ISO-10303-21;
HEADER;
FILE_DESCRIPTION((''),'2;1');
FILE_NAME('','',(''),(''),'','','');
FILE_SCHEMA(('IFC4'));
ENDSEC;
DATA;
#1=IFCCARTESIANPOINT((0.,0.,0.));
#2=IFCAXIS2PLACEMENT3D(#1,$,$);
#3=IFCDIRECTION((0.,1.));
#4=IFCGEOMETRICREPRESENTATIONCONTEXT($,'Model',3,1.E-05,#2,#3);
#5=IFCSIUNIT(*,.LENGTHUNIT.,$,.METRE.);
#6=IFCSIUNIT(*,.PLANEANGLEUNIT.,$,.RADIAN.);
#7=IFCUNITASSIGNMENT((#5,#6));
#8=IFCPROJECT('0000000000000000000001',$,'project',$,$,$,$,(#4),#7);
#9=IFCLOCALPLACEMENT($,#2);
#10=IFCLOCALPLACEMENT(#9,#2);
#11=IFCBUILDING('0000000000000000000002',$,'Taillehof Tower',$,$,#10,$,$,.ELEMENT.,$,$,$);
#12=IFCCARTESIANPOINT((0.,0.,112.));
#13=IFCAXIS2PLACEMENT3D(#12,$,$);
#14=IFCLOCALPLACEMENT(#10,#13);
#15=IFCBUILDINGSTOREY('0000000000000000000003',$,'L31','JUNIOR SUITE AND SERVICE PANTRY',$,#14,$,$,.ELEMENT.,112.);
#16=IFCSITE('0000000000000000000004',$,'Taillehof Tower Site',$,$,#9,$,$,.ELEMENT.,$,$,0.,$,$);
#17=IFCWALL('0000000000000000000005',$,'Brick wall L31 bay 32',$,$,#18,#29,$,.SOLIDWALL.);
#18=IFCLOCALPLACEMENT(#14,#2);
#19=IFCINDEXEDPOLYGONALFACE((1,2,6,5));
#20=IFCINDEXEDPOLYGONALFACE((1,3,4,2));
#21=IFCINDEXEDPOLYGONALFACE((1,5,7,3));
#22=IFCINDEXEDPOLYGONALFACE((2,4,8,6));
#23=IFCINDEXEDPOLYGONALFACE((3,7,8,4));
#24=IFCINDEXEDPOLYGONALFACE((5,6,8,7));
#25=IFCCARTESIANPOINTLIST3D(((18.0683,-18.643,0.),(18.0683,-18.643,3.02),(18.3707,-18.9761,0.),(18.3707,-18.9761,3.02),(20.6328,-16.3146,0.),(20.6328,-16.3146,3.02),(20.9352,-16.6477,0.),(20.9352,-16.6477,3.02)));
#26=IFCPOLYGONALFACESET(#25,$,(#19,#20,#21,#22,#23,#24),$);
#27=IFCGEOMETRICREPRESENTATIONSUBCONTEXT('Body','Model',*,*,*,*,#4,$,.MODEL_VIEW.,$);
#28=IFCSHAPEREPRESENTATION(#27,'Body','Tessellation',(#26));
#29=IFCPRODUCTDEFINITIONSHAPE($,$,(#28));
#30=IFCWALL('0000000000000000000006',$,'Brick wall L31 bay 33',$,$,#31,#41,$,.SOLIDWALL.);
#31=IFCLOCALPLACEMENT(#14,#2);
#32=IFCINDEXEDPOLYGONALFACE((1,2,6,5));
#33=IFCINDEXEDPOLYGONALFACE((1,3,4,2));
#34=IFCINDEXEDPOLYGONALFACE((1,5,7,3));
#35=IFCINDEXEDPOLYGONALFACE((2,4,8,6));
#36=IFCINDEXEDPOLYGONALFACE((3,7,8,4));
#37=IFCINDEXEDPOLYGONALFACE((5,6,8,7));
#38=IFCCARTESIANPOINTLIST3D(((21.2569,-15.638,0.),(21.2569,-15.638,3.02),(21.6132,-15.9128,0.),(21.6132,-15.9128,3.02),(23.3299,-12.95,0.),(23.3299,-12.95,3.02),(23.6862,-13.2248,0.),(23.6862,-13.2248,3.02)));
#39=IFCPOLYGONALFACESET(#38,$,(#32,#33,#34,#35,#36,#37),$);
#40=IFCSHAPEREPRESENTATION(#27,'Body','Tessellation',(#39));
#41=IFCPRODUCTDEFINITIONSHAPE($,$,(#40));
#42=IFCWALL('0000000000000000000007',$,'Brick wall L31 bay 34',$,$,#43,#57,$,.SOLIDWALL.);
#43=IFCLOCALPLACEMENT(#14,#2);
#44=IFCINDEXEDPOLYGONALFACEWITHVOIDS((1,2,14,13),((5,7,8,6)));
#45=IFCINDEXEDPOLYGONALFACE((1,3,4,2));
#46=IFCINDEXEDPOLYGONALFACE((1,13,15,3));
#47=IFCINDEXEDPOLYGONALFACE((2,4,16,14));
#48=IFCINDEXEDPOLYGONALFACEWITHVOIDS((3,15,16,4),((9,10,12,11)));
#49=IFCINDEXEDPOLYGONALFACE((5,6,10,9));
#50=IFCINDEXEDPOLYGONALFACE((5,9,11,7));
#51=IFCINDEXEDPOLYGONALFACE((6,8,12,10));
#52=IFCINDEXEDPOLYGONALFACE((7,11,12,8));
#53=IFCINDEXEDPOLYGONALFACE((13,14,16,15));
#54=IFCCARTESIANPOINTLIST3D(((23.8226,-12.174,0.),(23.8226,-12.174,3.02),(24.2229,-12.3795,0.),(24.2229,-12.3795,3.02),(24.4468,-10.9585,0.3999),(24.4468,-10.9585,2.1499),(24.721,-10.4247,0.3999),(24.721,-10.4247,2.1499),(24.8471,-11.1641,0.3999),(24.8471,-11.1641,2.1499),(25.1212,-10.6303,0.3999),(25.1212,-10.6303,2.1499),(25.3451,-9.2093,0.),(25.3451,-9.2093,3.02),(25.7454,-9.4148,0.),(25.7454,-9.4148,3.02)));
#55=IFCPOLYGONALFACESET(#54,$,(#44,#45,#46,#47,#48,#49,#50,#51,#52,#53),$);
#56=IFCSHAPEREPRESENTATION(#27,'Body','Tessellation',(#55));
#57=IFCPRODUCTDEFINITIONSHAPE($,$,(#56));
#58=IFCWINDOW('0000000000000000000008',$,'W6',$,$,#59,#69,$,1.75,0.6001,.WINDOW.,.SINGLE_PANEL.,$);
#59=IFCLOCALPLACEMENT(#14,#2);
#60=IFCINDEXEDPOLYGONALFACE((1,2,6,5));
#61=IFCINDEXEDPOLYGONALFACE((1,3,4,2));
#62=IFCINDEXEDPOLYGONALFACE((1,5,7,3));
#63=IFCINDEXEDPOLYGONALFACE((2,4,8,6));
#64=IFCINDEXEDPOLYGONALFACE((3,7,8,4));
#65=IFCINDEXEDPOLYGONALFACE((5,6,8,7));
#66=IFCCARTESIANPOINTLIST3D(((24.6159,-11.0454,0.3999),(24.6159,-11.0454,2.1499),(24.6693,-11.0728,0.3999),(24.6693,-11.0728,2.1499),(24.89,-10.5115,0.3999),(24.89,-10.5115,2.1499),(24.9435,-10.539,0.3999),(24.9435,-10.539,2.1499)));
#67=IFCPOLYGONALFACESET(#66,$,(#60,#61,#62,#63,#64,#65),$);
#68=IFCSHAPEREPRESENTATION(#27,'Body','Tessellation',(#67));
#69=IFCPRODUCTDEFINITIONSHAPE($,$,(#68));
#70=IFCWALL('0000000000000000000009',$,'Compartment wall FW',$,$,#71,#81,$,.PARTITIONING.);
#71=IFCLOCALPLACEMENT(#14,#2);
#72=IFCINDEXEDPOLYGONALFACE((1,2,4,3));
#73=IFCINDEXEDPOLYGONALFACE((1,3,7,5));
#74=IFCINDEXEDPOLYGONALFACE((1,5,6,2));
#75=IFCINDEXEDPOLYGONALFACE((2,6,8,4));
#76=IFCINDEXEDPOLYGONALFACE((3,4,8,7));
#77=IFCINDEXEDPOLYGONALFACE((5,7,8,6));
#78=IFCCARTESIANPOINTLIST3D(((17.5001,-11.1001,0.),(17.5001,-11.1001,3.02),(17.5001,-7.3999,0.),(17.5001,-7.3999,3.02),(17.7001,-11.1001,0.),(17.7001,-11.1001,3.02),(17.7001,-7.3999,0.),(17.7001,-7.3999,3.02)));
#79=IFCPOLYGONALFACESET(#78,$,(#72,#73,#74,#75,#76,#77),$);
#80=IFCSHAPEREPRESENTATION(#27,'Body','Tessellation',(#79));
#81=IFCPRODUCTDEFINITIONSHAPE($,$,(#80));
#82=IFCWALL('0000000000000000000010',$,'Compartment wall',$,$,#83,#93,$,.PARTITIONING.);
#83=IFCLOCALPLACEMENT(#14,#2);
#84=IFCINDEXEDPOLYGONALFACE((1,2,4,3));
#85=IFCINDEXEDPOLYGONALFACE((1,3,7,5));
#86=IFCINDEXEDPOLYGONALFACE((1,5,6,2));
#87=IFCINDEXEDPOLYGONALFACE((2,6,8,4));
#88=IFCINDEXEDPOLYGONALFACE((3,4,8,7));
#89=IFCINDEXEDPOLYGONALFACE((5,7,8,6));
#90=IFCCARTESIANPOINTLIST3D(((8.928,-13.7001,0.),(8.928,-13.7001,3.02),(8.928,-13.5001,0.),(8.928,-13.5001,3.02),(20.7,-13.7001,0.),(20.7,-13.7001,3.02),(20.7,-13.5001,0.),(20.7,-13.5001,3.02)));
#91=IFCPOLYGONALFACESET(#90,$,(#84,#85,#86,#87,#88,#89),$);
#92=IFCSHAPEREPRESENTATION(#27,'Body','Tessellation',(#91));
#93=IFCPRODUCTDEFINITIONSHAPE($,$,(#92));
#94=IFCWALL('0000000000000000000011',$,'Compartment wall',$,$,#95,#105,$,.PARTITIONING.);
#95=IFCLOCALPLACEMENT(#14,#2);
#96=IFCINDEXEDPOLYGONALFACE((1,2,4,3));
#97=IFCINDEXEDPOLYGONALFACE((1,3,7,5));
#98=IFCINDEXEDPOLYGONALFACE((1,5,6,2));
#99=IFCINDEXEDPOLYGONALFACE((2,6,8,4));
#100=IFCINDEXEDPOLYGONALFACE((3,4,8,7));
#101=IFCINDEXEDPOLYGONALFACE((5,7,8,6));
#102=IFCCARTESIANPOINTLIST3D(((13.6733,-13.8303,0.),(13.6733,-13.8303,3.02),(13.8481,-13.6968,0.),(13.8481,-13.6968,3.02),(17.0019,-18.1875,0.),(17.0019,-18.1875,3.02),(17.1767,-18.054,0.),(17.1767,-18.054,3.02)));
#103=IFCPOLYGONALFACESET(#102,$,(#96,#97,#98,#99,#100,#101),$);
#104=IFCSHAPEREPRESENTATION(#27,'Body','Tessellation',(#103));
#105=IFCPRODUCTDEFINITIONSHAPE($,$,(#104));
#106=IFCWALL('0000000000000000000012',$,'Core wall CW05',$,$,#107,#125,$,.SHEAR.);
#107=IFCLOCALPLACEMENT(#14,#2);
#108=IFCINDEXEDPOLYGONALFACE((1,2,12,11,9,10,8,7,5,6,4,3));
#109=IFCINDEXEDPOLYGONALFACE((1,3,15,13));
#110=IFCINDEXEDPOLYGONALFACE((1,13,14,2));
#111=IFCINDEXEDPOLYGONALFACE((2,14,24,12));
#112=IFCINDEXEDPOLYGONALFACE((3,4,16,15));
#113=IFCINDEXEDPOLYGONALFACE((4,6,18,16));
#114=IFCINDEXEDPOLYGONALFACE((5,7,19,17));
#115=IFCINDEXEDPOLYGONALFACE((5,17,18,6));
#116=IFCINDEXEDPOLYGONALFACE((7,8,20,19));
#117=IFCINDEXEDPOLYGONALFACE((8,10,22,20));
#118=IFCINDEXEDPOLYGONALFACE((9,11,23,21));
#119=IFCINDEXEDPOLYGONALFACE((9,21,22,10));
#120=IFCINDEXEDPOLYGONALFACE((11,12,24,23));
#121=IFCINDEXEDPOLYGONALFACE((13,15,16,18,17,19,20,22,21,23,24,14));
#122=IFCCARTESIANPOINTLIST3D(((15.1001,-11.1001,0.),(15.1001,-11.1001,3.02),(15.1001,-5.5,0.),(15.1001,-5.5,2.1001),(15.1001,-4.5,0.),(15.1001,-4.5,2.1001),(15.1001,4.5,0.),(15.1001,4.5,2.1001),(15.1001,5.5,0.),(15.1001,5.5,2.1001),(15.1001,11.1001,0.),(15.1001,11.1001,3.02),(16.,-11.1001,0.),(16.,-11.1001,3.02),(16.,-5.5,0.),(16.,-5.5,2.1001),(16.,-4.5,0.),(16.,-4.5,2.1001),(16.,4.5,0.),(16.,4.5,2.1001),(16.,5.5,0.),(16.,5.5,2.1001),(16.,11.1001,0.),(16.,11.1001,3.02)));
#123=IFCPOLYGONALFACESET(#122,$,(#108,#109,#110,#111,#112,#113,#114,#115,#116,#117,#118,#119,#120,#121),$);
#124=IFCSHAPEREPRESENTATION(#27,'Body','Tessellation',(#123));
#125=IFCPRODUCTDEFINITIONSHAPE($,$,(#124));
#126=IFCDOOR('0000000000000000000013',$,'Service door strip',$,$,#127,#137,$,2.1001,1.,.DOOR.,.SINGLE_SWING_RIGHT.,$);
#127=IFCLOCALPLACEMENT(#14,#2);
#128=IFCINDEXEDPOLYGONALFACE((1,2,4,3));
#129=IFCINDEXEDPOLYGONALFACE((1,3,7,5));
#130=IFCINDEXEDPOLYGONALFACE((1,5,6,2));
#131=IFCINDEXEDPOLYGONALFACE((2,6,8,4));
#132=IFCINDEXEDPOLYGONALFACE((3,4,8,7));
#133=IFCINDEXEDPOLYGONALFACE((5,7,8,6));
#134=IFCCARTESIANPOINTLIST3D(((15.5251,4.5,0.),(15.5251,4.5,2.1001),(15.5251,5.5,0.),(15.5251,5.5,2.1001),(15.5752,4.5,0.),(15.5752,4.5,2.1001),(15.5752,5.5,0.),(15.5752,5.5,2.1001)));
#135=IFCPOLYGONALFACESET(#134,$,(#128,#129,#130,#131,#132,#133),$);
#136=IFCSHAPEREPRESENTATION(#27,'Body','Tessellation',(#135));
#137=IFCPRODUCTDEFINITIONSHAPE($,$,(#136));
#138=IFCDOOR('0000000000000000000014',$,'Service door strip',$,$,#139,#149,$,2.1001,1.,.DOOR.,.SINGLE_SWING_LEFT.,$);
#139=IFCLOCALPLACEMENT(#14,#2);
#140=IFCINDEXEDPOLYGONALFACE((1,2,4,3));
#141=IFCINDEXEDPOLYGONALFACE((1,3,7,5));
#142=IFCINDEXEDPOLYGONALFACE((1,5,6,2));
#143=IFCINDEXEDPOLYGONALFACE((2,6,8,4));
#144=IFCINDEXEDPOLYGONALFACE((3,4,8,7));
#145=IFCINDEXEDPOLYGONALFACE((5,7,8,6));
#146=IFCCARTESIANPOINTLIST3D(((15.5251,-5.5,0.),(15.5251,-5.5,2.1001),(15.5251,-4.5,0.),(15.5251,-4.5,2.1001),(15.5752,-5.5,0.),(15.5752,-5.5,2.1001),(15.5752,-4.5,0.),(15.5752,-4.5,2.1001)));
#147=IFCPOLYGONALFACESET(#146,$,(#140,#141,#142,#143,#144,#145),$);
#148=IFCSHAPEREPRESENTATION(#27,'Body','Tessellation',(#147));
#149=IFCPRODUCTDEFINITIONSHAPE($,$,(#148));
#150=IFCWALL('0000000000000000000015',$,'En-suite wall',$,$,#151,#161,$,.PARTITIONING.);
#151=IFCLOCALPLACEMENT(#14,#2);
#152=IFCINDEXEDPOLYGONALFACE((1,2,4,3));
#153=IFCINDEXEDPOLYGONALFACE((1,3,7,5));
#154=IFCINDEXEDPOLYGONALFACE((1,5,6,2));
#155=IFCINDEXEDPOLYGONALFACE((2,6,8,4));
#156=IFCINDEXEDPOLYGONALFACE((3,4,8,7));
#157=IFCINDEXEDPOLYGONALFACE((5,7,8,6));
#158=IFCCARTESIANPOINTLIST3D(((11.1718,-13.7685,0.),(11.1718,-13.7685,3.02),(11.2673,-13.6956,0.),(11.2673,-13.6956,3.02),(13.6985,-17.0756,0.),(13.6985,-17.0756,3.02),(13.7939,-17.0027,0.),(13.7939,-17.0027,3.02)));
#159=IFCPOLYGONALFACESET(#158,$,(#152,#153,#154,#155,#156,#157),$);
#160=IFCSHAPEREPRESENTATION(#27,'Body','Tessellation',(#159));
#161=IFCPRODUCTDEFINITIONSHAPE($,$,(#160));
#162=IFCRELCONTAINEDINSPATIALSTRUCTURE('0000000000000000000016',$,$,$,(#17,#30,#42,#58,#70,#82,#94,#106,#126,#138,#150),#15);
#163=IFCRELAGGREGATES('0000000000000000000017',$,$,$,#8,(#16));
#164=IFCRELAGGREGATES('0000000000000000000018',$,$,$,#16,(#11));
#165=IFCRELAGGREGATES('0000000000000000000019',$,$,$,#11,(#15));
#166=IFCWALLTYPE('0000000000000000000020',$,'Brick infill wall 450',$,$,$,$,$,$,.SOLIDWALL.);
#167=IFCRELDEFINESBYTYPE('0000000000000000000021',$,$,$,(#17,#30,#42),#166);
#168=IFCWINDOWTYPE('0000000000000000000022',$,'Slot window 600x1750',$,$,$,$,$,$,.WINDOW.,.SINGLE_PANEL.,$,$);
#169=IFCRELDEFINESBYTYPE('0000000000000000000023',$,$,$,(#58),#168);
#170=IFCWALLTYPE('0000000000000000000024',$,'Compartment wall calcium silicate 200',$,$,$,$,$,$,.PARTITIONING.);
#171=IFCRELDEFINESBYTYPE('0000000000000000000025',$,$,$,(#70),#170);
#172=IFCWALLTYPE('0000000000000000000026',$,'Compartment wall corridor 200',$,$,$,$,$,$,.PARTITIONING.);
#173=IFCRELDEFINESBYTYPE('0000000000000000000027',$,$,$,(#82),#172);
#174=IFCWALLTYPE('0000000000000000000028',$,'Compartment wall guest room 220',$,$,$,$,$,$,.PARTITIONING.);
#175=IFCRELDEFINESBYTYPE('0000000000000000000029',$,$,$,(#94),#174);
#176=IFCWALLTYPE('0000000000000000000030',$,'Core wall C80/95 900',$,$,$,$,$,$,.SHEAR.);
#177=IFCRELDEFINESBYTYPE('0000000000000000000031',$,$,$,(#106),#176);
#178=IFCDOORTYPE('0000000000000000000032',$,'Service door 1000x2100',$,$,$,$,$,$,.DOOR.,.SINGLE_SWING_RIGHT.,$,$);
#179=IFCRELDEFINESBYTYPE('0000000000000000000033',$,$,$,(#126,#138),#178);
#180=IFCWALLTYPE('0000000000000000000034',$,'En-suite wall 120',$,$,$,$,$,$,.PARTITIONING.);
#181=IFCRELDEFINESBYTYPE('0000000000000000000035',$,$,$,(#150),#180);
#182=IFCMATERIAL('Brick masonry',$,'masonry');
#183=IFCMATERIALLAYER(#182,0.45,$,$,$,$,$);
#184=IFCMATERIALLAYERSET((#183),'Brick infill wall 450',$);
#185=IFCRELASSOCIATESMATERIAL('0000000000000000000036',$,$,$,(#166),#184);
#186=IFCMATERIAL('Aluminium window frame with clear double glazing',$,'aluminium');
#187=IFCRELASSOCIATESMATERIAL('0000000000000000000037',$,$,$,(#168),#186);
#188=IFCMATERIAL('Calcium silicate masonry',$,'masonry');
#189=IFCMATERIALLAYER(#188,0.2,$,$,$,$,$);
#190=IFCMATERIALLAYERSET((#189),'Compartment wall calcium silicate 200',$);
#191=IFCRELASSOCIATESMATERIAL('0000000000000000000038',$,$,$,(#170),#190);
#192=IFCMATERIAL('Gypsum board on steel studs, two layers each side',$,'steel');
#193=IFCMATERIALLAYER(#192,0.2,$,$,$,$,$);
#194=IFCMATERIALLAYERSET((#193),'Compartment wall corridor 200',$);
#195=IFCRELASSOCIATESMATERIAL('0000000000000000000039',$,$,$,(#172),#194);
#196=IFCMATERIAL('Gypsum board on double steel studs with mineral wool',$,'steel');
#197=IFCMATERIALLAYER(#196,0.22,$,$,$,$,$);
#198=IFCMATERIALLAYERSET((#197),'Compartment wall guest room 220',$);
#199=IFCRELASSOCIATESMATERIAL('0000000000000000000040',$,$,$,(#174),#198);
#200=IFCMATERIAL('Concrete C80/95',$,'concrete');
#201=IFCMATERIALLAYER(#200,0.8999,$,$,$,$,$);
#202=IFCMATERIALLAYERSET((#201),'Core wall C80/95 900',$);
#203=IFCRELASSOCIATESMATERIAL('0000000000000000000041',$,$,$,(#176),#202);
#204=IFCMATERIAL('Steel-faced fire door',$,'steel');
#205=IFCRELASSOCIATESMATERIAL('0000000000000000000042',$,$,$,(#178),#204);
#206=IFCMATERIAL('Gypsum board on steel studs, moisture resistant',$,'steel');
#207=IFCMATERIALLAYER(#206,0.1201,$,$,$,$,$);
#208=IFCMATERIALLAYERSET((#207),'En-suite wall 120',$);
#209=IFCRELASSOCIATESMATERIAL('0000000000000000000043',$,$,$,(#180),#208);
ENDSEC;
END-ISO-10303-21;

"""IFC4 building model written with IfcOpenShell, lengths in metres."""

from ifc_helpers import new_model, si_unit, direction, frame, frame_2d, origin, place, context, subcontext, project, spatial, rectangle, extrude, material, layer, layer_set, type_object, element, fill, save


model = new_model("IFC4")

# Units and contexts
model_context = context("Model", 3, precision=1e-05, world=origin(), true_north=direction((0.0, 1.0)))
body_context = subcontext(model_context, "Body", "Model", "MODEL_VIEW")
ifc_project = project(units=[si_unit("LENGTHUNIT", "METRE"), si_unit("PLANEANGLEUNIT", "RADIAN")], contexts=[model_context])

# Site, building, storey
site_placement = place(None, origin())
site = spatial("IfcSite", under=ifc_project, at=site_placement, Name="Taillehof Tower Site", CompositionType="ELEMENT", RefElevation=0.0)
building_placement = place(site_placement, origin())
building = spatial("IfcBuilding", under=site, at=building_placement, Name="Taillehof Tower", CompositionType="ELEMENT")
storey_placement = place(building_placement, frame((0.0, 0.0, 112.0)))
storey = spatial("IfcBuildingStorey", under=building, at=storey_placement, Name="L31", Description="JUNIOR SUITE AND SERVICE PANTRY", CompositionType="ELEMENT", Elevation=112.0)

# Shared definitions
ifc_material_1 = material(Name="Brick masonry", Category="masonry")
ifc_layer_1 = layer(ifc_material_1, 0.45)
ifc_layer_set_1 = layer_set([ifc_layer_1], Name="Brick infill wall 450")
wall_type_1 = type_object("IfcWallType", Name="Brick infill wall 450", PredefinedType="SOLIDWALL", material=ifc_layer_set_1)

# Walls
wall_1_placement = place(storey_placement, frame((18.2195, -18.8096, 0.0), z_axis=(0.0, 0.0, 1.0), x_axis=(0.740364, 0.672206, 0.0)))
element("IfcWall", 1, at=wall_1_placement, inside=storey, type_object=wall_type_1, Name="Brick wall L31 bay 32", PredefinedType="SOLIDWALL", context=body_context, shape_type="SweptSolid", body=[
    extrude(rectangle(XDim=3.4639, YDim=0.45, at=frame_2d((1.7319, 0.0))), origin(), (0.0, 0.0, 1.0), 3.02),
])
wall_2_placement = place(storey_placement, frame((21.4351, -15.7754, 0.0), z_axis=(0.0, 0.0, 1.0), x_axis=(0.610694, 0.791867, 0.0)))
element("IfcWall", 2, at=wall_2_placement, inside=storey, type_object=wall_type_1, Name="Brick wall L31 bay 33", PredefinedType="SOLIDWALL", context=body_context, shape_type="SweptSolid", body=[
    extrude(rectangle(XDim=3.3945, YDim=0.45, at=frame_2d((1.6973, 0.0))), origin(), (0.0, 0.0, 1.0), 3.02),
])

# Wall, opening, window
wall_3_placement = place(storey_placement, frame((24.0227, -12.2769, 0.0), z_axis=(0.0, 0.0, 1.0), x_axis=(0.456828, 0.889555, 0.0)))
wall_3 = element("IfcWall", 3, at=wall_3_placement, inside=storey, type_object=wall_type_1, Name="Brick wall L31 bay 34", PredefinedType="SOLIDWALL", context=body_context, shape_type="SweptSolid", body=[
    extrude(rectangle(XDim=3.3328, YDim=0.45, at=frame_2d((1.6665, 0.0))), origin(), (0.0, 0.0, 1.0), 3.02),
])
opening_1_placement = place(wall_3_placement, frame((1.3665, 0.0, 0.3999)))
opening_1 = element("IfcOpeningElement", 4, at=opening_1_placement, cuts=wall_3, PredefinedType="OPENING", context=body_context, shape_type="SweptSolid", body=[
    extrude(rectangle(XDim=0.6001, YDim=1.75, at=frame_2d((0.3, 0.875))), frame((0.0, 0.2349, 0.0), z_axis=(0.0, -1.0, 0.0), x_axis=(1.0, 0.0, 0.0)), (0.0, 0.0, 1.0), 0.47),
])
ifc_material_2 = material(Name="Aluminium window frame with clear double glazing", Category="aluminium")
window_type_1 = type_object("IfcWindowType", Name="Slot window 600x1750", PartitioningType="SINGLE_PANEL", PredefinedType="WINDOW", material=ifc_material_2)
window_1_placement = place(opening_1_placement, origin())
window_1 = element("IfcWindow", 5, at=window_1_placement, inside=storey, type_object=window_type_1, Name="W6", OverallHeight=1.75, OverallWidth=0.6001, PartitioningType="SINGLE_PANEL", PredefinedType="WINDOW", context=body_context, shape_type="SweptSolid", body=[
    extrude(rectangle(XDim=0.6001, YDim=1.75, at=frame_2d((0.3, 0.875))), frame((0.0, 0.0349, 0.0), z_axis=(0.0, -1.0, 0.0), x_axis=(1.0, 0.0, 0.0)), (0.0, 0.0, 1.0), 0.0601),
])
fill(opening_1, window_1)

# Walls
ifc_material_3 = material(Name="Calcium silicate masonry", Category="masonry")
ifc_layer_2 = layer(ifc_material_3, 0.2)
ifc_layer_set_2 = layer_set([ifc_layer_2], Name="Compartment wall calcium silicate 200")
wall_type_2 = type_object("IfcWallType", Name="Compartment wall calcium silicate 200", PredefinedType="PARTITIONING", material=ifc_layer_set_2)
wall_4_placement = place(storey_placement, frame((17.6001, -11.1001, 0.0), z_axis=(0.0, 0.0, 1.0), x_axis=(0.0, 1.0, 0.0)))
element("IfcWall", 6, at=wall_4_placement, inside=storey, type_object=wall_type_2, Name="Compartment wall FW", PredefinedType="PARTITIONING", context=body_context, shape_type="SweptSolid", body=[
    extrude(rectangle(XDim=3.7002, YDim=0.2, at=frame_2d((1.8501, 0.0))), origin(), (0.0, 0.0, 1.0), 3.02),
])
ifc_material_4 = material(Name="Gypsum board on steel studs, two layers each side", Category="steel")
ifc_layer_3 = layer(ifc_material_4, 0.2)
ifc_layer_set_3 = layer_set([ifc_layer_3], Name="Compartment wall corridor 200")
wall_type_3 = type_object("IfcWallType", Name="Compartment wall corridor 200", PredefinedType="PARTITIONING", material=ifc_layer_set_3)
wall_5_placement = place(storey_placement, frame((20.7, -13.6001, 0.0), z_axis=(0.0, 0.0, 1.0), x_axis=(-1.0, 0.0, 0.0)))
element("IfcWall", 7, at=wall_5_placement, inside=storey, type_object=wall_type_3, Name="Compartment wall", PredefinedType="PARTITIONING", context=body_context, shape_type="SweptSolid", body=[
    extrude(rectangle(XDim=11.772, YDim=0.2, at=frame_2d((5.886, 0.0))), origin(), (0.0, 0.0, 1.0), 3.02),
])
ifc_material_5 = material(Name="Gypsum board on double steel studs with mineral wool", Category="steel")
ifc_layer_4 = layer(ifc_material_5, 0.22)
ifc_layer_set_4 = layer_set([ifc_layer_4], Name="Compartment wall guest room 220")
wall_type_4 = type_object("IfcWallType", Name="Compartment wall guest room 220", PredefinedType="PARTITIONING", material=ifc_layer_set_4)
wall_6_placement = place(storey_placement, frame((17.0894, -18.1208, 0.0), z_axis=(0.0, 0.0, 1.0), x_axis=(-0.607065, 0.794652, 0.0)))
element("IfcWall", 8, at=wall_6_placement, inside=storey, type_object=wall_type_4, Name="Compartment wall", PredefinedType="PARTITIONING", context=body_context, shape_type="SweptSolid", body=[
    extrude(rectangle(XDim=5.4832, YDim=0.22, at=frame_2d((2.7417, 0.0))), origin(), (0.0, 0.0, 1.0), 3.02),
])

# Wall, openings, doors
ifc_material_6 = material(Name="Concrete C80/95", Category="concrete")
ifc_layer_5 = layer(ifc_material_6, 0.8999)
ifc_layer_set_5 = layer_set([ifc_layer_5], Name="Core wall C80/95 900")
wall_type_5 = type_object("IfcWallType", Name="Core wall C80/95 900", PredefinedType="SHEAR", material=ifc_layer_set_5)
wall_7_placement = place(storey_placement, frame((15.55, -11.1001, 0.0), z_axis=(0.0, 0.0, 1.0), x_axis=(0.0, 1.0, 0.0)))
wall_7 = element("IfcWall", 9, at=wall_7_placement, inside=storey, type_object=wall_type_5, Name="Core wall CW05", PredefinedType="SHEAR", context=body_context, shape_type="SweptSolid", body=[
    extrude(rectangle(XDim=22.2002, YDim=0.8999, at=frame_2d((11.1001, 0.0))), origin(), (0.0, 0.0, 1.0), 3.02),
])
opening_2_placement = place(wall_7_placement, frame((15.6001, 0.0, 0.0)))
opening_2 = element("IfcOpeningElement", 10, at=opening_2_placement, cuts=wall_7, PredefinedType="OPENING", context=body_context, shape_type="SweptSolid", body=[
    extrude(rectangle(XDim=1.0, YDim=2.1001, at=frame_2d((0.5, 1.05))), frame((0.0, 0.46, 0.0), z_axis=(0.0, -1.0, 0.0), x_axis=(1.0, 0.0, 0.0)), (0.0, 0.0, 1.0), 0.9199),
])
opening_3_placement = place(wall_7_placement, frame((5.6001, 0.0, 0.0)))
opening_3 = element("IfcOpeningElement", 11, at=opening_3_placement, cuts=wall_7, PredefinedType="OPENING", context=body_context, shape_type="SweptSolid", body=[
    extrude(rectangle(XDim=1.0, YDim=2.1001, at=frame_2d((0.5, 1.05))), frame((0.0, 0.46, 0.0), z_axis=(0.0, -1.0, 0.0), x_axis=(1.0, 0.0, 0.0)), (0.0, 0.0, 1.0), 0.9199),
])
ifc_material_7 = material(Name="Steel-faced fire door", Category="steel")
door_type_1 = type_object("IfcDoorType", Name="Service door 1000x2100", OperationType="SINGLE_SWING_RIGHT", PredefinedType="DOOR", material=ifc_material_7)
door_1_placement = place(opening_2_placement, origin())
door_1 = element("IfcDoor", 12, at=door_1_placement, inside=storey, type_object=door_type_1, Name="Service door strip", OperationType="SINGLE_SWING_RIGHT", OverallHeight=2.1001, OverallWidth=1.0, PredefinedType="DOOR", context=body_context, shape_type="SweptSolid", body=[
    extrude(rectangle(XDim=1.0, YDim=2.1001, at=frame_2d((0.5, 1.05))), frame((0.0, 0.0249, 0.0), z_axis=(0.0, -1.0, 0.0), x_axis=(1.0, 0.0, 0.0)), (0.0, 0.0, 1.0), 0.05),
])
fill(opening_2, door_1)
door_2_placement = place(opening_3_placement, origin())
door_2 = element("IfcDoor", 13, at=door_2_placement, inside=storey, type_object=door_type_1, Name="Service door strip", OperationType="SINGLE_SWING_LEFT", OverallHeight=2.1001, OverallWidth=1.0, PredefinedType="DOOR", context=body_context, shape_type="SweptSolid", body=[
    extrude(rectangle(XDim=1.0, YDim=2.1001, at=frame_2d((0.5, 1.05))), frame((0.0, 0.0249, 0.0), z_axis=(0.0, -1.0, 0.0), x_axis=(1.0, 0.0, 0.0)), (0.0, 0.0, 1.0), 0.05),
])
fill(opening_3, door_2)

# Wall
ifc_material_8 = material(Name="Gypsum board on steel studs, moisture resistant", Category="steel")
ifc_layer_6 = layer(ifc_material_8, 0.1201)
ifc_layer_set_6 = layer_set([ifc_layer_6], Name="En-suite wall 120")
wall_type_6 = type_object("IfcWallType", Name="En-suite wall 120", PredefinedType="PARTITIONING", material=ifc_layer_set_6)
wall_8_placement = place(storey_placement, frame((11.2195, -13.7319, 0.0), z_axis=(0.0, 0.0, 1.0), x_axis=(0.607091, -0.794632, 0.0)))
element("IfcWall", 14, at=wall_8_placement, inside=storey, type_object=wall_type_6, Name="En-suite wall", PredefinedType="PARTITIONING", context=body_context, shape_type="SweptSolid", body=[
    extrude(rectangle(XDim=4.1619, YDim=0.1201, at=frame_2d((2.0811, 0.0))), origin(), (0.0, 0.0, 1.0), 3.02),
])

save(model, "model.ifc")
